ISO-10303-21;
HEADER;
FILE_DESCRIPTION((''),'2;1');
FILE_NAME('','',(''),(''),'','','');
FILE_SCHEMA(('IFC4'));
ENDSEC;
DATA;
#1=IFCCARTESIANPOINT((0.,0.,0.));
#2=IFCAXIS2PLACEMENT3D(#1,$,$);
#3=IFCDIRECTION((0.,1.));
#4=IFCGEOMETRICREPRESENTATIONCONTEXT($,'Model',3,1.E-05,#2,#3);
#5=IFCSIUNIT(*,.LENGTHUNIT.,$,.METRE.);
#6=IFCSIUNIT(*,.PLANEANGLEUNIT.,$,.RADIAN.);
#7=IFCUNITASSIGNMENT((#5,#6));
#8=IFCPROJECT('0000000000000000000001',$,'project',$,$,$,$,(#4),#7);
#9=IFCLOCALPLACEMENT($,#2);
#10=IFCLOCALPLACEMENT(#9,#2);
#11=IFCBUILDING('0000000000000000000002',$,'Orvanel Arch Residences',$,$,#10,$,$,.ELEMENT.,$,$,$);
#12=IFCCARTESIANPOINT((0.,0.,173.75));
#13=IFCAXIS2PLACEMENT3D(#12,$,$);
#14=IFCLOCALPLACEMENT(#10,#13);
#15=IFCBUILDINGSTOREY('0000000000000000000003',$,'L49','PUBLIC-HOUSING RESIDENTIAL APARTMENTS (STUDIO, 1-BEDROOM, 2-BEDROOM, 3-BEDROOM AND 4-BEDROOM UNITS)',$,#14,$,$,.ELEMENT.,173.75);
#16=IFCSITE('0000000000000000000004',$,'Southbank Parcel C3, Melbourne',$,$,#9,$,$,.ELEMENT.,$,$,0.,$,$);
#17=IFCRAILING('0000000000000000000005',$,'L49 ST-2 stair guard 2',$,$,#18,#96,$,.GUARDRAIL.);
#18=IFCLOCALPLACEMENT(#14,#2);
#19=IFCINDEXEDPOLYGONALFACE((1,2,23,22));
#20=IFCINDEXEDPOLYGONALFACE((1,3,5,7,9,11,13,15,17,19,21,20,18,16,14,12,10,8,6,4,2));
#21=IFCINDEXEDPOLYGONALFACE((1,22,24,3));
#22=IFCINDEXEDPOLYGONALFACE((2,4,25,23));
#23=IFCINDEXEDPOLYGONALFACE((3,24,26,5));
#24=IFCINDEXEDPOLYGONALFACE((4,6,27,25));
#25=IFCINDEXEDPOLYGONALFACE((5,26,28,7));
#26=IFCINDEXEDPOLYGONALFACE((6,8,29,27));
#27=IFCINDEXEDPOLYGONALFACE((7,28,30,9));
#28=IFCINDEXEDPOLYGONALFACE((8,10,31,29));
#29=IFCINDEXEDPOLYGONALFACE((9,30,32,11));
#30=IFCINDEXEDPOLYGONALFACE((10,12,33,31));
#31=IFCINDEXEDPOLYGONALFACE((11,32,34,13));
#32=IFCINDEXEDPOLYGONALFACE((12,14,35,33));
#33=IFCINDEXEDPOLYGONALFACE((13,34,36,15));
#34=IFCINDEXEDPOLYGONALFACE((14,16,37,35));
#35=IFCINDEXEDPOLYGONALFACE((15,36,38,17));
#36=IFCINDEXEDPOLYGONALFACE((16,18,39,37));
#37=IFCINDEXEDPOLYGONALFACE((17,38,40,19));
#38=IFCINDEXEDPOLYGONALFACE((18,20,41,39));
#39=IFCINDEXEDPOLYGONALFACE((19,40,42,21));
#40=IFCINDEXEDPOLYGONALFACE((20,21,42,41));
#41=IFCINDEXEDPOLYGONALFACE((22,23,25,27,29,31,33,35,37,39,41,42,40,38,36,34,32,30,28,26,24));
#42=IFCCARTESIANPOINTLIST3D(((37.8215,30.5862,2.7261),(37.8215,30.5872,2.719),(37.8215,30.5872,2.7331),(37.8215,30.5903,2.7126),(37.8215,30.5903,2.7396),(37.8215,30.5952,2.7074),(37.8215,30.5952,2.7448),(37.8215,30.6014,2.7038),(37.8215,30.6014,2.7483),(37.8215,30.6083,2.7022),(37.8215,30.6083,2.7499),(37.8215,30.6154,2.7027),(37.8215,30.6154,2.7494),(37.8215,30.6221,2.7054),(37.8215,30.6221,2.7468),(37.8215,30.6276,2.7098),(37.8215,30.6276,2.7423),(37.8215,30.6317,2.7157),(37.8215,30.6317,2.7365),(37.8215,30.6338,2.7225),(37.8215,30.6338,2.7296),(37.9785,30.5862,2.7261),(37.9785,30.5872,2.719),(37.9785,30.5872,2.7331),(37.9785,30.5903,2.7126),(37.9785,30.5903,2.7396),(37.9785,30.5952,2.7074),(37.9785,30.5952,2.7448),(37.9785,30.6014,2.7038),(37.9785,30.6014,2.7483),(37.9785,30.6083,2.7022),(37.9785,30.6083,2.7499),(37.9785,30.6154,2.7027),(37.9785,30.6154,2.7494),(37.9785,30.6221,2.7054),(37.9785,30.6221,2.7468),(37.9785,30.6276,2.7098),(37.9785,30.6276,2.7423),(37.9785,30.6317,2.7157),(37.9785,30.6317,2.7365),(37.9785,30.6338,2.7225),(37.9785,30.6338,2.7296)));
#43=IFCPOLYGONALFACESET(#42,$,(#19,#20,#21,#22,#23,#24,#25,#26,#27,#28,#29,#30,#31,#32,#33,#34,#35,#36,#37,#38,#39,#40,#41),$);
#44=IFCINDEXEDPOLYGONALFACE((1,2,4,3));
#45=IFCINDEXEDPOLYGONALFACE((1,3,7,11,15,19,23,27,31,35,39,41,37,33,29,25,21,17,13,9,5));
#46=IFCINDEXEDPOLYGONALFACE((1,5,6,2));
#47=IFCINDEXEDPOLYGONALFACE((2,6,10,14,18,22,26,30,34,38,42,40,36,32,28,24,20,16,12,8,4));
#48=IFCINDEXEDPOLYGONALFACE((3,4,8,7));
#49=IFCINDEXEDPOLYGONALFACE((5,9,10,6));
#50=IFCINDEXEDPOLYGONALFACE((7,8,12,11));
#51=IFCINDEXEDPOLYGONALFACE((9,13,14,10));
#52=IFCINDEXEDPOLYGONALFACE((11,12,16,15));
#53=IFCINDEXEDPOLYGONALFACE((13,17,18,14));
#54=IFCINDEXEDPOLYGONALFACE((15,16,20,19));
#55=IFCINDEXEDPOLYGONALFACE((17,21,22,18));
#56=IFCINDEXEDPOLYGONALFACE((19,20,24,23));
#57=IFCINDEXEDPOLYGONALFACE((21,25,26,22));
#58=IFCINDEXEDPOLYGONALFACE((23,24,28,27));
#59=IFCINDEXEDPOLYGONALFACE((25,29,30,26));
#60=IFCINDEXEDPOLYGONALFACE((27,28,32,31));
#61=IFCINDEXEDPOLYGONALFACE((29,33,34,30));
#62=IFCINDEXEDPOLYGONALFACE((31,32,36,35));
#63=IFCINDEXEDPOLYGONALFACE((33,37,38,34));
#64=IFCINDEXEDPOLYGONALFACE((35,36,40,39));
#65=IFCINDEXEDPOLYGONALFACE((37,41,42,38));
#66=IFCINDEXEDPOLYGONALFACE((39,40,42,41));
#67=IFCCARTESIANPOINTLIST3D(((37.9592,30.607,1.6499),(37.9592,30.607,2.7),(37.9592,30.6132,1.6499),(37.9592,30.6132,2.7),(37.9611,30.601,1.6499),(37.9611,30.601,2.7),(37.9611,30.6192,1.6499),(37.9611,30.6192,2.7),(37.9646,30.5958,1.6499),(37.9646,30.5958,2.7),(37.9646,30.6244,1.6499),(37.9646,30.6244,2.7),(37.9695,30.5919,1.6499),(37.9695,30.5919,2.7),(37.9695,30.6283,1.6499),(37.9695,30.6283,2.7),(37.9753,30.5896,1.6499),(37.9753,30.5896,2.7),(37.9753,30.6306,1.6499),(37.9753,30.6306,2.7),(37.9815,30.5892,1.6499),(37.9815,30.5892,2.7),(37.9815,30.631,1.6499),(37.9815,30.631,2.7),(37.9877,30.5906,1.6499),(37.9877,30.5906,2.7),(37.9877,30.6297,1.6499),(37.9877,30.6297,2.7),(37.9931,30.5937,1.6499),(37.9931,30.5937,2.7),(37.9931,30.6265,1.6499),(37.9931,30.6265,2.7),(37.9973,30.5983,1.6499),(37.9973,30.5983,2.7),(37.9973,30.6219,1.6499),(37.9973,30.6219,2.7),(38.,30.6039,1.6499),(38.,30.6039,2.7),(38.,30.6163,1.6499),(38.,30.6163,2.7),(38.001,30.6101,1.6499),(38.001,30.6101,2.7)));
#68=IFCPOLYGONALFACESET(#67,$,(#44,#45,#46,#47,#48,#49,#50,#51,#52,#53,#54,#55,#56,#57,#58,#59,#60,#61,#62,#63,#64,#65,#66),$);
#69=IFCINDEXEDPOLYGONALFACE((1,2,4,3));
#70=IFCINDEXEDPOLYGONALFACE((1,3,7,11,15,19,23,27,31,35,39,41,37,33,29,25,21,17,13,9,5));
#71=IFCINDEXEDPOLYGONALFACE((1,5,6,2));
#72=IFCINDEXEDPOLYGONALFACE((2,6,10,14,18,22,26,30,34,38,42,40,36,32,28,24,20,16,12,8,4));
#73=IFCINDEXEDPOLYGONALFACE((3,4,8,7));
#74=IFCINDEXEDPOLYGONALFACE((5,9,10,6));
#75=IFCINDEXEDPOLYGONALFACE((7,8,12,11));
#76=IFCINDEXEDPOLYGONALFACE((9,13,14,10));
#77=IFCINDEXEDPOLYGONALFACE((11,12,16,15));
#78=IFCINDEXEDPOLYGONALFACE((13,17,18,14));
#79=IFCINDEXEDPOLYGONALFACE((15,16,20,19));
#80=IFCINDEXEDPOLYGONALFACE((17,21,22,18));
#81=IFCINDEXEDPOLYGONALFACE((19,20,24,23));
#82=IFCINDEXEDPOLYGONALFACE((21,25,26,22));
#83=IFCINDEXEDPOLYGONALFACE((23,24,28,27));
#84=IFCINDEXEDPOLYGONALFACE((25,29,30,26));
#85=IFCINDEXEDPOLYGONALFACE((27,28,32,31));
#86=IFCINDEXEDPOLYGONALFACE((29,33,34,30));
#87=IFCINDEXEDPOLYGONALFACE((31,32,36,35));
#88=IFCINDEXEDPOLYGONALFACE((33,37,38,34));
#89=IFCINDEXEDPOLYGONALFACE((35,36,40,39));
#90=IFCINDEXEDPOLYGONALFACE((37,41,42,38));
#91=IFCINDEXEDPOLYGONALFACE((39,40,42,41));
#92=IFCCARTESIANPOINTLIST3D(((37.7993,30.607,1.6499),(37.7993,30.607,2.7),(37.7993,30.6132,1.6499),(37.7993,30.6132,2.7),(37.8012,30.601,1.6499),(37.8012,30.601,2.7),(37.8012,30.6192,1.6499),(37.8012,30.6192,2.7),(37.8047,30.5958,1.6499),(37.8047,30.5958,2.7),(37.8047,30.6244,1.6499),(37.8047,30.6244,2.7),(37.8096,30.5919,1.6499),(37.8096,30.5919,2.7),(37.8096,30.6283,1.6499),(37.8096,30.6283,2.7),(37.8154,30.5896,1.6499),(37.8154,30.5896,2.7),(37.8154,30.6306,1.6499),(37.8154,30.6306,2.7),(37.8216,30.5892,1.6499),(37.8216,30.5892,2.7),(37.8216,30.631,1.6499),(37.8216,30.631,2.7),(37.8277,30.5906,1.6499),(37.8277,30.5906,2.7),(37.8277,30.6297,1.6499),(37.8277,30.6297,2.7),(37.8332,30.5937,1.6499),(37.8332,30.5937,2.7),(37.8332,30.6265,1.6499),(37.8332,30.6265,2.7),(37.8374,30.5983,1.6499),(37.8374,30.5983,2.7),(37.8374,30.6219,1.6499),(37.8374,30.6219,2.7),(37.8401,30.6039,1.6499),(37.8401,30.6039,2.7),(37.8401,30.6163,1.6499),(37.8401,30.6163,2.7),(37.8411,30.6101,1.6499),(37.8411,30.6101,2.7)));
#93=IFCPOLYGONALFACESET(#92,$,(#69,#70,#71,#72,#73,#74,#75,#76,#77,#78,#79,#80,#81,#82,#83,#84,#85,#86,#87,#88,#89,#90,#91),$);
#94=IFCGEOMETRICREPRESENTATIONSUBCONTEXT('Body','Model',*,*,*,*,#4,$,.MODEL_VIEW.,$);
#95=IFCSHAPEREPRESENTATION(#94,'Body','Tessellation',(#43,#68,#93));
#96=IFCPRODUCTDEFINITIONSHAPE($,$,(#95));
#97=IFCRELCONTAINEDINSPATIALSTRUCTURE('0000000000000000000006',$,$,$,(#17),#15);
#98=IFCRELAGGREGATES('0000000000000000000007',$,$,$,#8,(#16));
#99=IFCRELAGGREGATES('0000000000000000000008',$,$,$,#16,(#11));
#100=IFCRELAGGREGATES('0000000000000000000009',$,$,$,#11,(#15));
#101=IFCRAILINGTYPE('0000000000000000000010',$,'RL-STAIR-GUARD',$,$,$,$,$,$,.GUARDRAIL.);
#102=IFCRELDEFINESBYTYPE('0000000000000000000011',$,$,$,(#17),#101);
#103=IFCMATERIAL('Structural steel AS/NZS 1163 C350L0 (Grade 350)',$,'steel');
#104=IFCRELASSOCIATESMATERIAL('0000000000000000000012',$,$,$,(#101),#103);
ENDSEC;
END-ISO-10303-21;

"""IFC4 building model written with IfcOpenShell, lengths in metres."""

from ifc_helpers import new_model, si_unit, direction, frame, origin, origin_2d, place, context, subcontext, project, spatial, circle, extrude, material, type_object, element, save


model = new_model("IFC4")

# Units and contexts
model_context = context("Model", 3, precision=1e-05, world=origin(), true_north=direction((0.0, 1.0)))
body_context = subcontext(model_context, "Body", "Model", "MODEL_VIEW")
ifc_project = project(units=[si_unit("LENGTHUNIT", "METRE"), si_unit("PLANEANGLEUNIT", "RADIAN")], contexts=[model_context])

# Site, building, storey
site_placement = place(None, origin())
site = spatial("IfcSite", under=ifc_project, at=site_placement, Name="Southbank Parcel C3, Melbourne", CompositionType="ELEMENT", RefElevation=0.0)
building_placement = place(site_placement, origin())
building = spatial("IfcBuilding", under=site, at=building_placement, Name="Orvanel Arch Residences", CompositionType="ELEMENT")
storey_placement = place(building_placement, frame((0.0, 0.0, 173.75)))
storey = spatial("IfcBuildingStorey", under=building, at=storey_placement, Name="L49", Description="PUBLIC-HOUSING RESIDENTIAL APARTMENTS (STUDIO, 1-BEDROOM, 2-BEDROOM, 3-BEDROOM AND 4-BEDROOM UNITS)", CompositionType="ELEMENT", Elevation=173.75)

# Railing
ifc_material_1 = material(Name="Structural steel AS/NZS 1163 C350L0 (Grade 350)", Category="steel")
railing_type_1 = type_object("IfcRailingType", Name="RL-STAIR-GUARD", PredefinedType="GUARDRAIL", material=ifc_material_1)
railing_1_placement = place(storey_placement, frame((37.98, 30.6101, 1.6499)))
element("IfcRailing", 1, at=railing_1_placement, inside=storey, type_object=railing_type_1, Name="L49 ST-2 stair guard 2", PredefinedType="GUARDRAIL", context=body_context, shape_type="SweptSolid", body=[
    extrude(circle(Radius=0.0239, at=origin_2d()), frame((-0.0015, 0.0, 1.0762), z_axis=(-1.0, 0.0, 0.0), x_axis=(0.0, -1.0, 0.0)), (0.0, 0.0, 1.0), 0.157),
    extrude(circle(Radius=0.021, at=origin_2d()), origin(), (0.0, 0.0, 1.0), 1.05),
    extrude(circle(Radius=0.021, at=origin_2d()), frame((-0.1599, 0.0, 0.0)), (0.0, 0.0, 1.0), 1.05),
])

save(model, "model.ifc")
